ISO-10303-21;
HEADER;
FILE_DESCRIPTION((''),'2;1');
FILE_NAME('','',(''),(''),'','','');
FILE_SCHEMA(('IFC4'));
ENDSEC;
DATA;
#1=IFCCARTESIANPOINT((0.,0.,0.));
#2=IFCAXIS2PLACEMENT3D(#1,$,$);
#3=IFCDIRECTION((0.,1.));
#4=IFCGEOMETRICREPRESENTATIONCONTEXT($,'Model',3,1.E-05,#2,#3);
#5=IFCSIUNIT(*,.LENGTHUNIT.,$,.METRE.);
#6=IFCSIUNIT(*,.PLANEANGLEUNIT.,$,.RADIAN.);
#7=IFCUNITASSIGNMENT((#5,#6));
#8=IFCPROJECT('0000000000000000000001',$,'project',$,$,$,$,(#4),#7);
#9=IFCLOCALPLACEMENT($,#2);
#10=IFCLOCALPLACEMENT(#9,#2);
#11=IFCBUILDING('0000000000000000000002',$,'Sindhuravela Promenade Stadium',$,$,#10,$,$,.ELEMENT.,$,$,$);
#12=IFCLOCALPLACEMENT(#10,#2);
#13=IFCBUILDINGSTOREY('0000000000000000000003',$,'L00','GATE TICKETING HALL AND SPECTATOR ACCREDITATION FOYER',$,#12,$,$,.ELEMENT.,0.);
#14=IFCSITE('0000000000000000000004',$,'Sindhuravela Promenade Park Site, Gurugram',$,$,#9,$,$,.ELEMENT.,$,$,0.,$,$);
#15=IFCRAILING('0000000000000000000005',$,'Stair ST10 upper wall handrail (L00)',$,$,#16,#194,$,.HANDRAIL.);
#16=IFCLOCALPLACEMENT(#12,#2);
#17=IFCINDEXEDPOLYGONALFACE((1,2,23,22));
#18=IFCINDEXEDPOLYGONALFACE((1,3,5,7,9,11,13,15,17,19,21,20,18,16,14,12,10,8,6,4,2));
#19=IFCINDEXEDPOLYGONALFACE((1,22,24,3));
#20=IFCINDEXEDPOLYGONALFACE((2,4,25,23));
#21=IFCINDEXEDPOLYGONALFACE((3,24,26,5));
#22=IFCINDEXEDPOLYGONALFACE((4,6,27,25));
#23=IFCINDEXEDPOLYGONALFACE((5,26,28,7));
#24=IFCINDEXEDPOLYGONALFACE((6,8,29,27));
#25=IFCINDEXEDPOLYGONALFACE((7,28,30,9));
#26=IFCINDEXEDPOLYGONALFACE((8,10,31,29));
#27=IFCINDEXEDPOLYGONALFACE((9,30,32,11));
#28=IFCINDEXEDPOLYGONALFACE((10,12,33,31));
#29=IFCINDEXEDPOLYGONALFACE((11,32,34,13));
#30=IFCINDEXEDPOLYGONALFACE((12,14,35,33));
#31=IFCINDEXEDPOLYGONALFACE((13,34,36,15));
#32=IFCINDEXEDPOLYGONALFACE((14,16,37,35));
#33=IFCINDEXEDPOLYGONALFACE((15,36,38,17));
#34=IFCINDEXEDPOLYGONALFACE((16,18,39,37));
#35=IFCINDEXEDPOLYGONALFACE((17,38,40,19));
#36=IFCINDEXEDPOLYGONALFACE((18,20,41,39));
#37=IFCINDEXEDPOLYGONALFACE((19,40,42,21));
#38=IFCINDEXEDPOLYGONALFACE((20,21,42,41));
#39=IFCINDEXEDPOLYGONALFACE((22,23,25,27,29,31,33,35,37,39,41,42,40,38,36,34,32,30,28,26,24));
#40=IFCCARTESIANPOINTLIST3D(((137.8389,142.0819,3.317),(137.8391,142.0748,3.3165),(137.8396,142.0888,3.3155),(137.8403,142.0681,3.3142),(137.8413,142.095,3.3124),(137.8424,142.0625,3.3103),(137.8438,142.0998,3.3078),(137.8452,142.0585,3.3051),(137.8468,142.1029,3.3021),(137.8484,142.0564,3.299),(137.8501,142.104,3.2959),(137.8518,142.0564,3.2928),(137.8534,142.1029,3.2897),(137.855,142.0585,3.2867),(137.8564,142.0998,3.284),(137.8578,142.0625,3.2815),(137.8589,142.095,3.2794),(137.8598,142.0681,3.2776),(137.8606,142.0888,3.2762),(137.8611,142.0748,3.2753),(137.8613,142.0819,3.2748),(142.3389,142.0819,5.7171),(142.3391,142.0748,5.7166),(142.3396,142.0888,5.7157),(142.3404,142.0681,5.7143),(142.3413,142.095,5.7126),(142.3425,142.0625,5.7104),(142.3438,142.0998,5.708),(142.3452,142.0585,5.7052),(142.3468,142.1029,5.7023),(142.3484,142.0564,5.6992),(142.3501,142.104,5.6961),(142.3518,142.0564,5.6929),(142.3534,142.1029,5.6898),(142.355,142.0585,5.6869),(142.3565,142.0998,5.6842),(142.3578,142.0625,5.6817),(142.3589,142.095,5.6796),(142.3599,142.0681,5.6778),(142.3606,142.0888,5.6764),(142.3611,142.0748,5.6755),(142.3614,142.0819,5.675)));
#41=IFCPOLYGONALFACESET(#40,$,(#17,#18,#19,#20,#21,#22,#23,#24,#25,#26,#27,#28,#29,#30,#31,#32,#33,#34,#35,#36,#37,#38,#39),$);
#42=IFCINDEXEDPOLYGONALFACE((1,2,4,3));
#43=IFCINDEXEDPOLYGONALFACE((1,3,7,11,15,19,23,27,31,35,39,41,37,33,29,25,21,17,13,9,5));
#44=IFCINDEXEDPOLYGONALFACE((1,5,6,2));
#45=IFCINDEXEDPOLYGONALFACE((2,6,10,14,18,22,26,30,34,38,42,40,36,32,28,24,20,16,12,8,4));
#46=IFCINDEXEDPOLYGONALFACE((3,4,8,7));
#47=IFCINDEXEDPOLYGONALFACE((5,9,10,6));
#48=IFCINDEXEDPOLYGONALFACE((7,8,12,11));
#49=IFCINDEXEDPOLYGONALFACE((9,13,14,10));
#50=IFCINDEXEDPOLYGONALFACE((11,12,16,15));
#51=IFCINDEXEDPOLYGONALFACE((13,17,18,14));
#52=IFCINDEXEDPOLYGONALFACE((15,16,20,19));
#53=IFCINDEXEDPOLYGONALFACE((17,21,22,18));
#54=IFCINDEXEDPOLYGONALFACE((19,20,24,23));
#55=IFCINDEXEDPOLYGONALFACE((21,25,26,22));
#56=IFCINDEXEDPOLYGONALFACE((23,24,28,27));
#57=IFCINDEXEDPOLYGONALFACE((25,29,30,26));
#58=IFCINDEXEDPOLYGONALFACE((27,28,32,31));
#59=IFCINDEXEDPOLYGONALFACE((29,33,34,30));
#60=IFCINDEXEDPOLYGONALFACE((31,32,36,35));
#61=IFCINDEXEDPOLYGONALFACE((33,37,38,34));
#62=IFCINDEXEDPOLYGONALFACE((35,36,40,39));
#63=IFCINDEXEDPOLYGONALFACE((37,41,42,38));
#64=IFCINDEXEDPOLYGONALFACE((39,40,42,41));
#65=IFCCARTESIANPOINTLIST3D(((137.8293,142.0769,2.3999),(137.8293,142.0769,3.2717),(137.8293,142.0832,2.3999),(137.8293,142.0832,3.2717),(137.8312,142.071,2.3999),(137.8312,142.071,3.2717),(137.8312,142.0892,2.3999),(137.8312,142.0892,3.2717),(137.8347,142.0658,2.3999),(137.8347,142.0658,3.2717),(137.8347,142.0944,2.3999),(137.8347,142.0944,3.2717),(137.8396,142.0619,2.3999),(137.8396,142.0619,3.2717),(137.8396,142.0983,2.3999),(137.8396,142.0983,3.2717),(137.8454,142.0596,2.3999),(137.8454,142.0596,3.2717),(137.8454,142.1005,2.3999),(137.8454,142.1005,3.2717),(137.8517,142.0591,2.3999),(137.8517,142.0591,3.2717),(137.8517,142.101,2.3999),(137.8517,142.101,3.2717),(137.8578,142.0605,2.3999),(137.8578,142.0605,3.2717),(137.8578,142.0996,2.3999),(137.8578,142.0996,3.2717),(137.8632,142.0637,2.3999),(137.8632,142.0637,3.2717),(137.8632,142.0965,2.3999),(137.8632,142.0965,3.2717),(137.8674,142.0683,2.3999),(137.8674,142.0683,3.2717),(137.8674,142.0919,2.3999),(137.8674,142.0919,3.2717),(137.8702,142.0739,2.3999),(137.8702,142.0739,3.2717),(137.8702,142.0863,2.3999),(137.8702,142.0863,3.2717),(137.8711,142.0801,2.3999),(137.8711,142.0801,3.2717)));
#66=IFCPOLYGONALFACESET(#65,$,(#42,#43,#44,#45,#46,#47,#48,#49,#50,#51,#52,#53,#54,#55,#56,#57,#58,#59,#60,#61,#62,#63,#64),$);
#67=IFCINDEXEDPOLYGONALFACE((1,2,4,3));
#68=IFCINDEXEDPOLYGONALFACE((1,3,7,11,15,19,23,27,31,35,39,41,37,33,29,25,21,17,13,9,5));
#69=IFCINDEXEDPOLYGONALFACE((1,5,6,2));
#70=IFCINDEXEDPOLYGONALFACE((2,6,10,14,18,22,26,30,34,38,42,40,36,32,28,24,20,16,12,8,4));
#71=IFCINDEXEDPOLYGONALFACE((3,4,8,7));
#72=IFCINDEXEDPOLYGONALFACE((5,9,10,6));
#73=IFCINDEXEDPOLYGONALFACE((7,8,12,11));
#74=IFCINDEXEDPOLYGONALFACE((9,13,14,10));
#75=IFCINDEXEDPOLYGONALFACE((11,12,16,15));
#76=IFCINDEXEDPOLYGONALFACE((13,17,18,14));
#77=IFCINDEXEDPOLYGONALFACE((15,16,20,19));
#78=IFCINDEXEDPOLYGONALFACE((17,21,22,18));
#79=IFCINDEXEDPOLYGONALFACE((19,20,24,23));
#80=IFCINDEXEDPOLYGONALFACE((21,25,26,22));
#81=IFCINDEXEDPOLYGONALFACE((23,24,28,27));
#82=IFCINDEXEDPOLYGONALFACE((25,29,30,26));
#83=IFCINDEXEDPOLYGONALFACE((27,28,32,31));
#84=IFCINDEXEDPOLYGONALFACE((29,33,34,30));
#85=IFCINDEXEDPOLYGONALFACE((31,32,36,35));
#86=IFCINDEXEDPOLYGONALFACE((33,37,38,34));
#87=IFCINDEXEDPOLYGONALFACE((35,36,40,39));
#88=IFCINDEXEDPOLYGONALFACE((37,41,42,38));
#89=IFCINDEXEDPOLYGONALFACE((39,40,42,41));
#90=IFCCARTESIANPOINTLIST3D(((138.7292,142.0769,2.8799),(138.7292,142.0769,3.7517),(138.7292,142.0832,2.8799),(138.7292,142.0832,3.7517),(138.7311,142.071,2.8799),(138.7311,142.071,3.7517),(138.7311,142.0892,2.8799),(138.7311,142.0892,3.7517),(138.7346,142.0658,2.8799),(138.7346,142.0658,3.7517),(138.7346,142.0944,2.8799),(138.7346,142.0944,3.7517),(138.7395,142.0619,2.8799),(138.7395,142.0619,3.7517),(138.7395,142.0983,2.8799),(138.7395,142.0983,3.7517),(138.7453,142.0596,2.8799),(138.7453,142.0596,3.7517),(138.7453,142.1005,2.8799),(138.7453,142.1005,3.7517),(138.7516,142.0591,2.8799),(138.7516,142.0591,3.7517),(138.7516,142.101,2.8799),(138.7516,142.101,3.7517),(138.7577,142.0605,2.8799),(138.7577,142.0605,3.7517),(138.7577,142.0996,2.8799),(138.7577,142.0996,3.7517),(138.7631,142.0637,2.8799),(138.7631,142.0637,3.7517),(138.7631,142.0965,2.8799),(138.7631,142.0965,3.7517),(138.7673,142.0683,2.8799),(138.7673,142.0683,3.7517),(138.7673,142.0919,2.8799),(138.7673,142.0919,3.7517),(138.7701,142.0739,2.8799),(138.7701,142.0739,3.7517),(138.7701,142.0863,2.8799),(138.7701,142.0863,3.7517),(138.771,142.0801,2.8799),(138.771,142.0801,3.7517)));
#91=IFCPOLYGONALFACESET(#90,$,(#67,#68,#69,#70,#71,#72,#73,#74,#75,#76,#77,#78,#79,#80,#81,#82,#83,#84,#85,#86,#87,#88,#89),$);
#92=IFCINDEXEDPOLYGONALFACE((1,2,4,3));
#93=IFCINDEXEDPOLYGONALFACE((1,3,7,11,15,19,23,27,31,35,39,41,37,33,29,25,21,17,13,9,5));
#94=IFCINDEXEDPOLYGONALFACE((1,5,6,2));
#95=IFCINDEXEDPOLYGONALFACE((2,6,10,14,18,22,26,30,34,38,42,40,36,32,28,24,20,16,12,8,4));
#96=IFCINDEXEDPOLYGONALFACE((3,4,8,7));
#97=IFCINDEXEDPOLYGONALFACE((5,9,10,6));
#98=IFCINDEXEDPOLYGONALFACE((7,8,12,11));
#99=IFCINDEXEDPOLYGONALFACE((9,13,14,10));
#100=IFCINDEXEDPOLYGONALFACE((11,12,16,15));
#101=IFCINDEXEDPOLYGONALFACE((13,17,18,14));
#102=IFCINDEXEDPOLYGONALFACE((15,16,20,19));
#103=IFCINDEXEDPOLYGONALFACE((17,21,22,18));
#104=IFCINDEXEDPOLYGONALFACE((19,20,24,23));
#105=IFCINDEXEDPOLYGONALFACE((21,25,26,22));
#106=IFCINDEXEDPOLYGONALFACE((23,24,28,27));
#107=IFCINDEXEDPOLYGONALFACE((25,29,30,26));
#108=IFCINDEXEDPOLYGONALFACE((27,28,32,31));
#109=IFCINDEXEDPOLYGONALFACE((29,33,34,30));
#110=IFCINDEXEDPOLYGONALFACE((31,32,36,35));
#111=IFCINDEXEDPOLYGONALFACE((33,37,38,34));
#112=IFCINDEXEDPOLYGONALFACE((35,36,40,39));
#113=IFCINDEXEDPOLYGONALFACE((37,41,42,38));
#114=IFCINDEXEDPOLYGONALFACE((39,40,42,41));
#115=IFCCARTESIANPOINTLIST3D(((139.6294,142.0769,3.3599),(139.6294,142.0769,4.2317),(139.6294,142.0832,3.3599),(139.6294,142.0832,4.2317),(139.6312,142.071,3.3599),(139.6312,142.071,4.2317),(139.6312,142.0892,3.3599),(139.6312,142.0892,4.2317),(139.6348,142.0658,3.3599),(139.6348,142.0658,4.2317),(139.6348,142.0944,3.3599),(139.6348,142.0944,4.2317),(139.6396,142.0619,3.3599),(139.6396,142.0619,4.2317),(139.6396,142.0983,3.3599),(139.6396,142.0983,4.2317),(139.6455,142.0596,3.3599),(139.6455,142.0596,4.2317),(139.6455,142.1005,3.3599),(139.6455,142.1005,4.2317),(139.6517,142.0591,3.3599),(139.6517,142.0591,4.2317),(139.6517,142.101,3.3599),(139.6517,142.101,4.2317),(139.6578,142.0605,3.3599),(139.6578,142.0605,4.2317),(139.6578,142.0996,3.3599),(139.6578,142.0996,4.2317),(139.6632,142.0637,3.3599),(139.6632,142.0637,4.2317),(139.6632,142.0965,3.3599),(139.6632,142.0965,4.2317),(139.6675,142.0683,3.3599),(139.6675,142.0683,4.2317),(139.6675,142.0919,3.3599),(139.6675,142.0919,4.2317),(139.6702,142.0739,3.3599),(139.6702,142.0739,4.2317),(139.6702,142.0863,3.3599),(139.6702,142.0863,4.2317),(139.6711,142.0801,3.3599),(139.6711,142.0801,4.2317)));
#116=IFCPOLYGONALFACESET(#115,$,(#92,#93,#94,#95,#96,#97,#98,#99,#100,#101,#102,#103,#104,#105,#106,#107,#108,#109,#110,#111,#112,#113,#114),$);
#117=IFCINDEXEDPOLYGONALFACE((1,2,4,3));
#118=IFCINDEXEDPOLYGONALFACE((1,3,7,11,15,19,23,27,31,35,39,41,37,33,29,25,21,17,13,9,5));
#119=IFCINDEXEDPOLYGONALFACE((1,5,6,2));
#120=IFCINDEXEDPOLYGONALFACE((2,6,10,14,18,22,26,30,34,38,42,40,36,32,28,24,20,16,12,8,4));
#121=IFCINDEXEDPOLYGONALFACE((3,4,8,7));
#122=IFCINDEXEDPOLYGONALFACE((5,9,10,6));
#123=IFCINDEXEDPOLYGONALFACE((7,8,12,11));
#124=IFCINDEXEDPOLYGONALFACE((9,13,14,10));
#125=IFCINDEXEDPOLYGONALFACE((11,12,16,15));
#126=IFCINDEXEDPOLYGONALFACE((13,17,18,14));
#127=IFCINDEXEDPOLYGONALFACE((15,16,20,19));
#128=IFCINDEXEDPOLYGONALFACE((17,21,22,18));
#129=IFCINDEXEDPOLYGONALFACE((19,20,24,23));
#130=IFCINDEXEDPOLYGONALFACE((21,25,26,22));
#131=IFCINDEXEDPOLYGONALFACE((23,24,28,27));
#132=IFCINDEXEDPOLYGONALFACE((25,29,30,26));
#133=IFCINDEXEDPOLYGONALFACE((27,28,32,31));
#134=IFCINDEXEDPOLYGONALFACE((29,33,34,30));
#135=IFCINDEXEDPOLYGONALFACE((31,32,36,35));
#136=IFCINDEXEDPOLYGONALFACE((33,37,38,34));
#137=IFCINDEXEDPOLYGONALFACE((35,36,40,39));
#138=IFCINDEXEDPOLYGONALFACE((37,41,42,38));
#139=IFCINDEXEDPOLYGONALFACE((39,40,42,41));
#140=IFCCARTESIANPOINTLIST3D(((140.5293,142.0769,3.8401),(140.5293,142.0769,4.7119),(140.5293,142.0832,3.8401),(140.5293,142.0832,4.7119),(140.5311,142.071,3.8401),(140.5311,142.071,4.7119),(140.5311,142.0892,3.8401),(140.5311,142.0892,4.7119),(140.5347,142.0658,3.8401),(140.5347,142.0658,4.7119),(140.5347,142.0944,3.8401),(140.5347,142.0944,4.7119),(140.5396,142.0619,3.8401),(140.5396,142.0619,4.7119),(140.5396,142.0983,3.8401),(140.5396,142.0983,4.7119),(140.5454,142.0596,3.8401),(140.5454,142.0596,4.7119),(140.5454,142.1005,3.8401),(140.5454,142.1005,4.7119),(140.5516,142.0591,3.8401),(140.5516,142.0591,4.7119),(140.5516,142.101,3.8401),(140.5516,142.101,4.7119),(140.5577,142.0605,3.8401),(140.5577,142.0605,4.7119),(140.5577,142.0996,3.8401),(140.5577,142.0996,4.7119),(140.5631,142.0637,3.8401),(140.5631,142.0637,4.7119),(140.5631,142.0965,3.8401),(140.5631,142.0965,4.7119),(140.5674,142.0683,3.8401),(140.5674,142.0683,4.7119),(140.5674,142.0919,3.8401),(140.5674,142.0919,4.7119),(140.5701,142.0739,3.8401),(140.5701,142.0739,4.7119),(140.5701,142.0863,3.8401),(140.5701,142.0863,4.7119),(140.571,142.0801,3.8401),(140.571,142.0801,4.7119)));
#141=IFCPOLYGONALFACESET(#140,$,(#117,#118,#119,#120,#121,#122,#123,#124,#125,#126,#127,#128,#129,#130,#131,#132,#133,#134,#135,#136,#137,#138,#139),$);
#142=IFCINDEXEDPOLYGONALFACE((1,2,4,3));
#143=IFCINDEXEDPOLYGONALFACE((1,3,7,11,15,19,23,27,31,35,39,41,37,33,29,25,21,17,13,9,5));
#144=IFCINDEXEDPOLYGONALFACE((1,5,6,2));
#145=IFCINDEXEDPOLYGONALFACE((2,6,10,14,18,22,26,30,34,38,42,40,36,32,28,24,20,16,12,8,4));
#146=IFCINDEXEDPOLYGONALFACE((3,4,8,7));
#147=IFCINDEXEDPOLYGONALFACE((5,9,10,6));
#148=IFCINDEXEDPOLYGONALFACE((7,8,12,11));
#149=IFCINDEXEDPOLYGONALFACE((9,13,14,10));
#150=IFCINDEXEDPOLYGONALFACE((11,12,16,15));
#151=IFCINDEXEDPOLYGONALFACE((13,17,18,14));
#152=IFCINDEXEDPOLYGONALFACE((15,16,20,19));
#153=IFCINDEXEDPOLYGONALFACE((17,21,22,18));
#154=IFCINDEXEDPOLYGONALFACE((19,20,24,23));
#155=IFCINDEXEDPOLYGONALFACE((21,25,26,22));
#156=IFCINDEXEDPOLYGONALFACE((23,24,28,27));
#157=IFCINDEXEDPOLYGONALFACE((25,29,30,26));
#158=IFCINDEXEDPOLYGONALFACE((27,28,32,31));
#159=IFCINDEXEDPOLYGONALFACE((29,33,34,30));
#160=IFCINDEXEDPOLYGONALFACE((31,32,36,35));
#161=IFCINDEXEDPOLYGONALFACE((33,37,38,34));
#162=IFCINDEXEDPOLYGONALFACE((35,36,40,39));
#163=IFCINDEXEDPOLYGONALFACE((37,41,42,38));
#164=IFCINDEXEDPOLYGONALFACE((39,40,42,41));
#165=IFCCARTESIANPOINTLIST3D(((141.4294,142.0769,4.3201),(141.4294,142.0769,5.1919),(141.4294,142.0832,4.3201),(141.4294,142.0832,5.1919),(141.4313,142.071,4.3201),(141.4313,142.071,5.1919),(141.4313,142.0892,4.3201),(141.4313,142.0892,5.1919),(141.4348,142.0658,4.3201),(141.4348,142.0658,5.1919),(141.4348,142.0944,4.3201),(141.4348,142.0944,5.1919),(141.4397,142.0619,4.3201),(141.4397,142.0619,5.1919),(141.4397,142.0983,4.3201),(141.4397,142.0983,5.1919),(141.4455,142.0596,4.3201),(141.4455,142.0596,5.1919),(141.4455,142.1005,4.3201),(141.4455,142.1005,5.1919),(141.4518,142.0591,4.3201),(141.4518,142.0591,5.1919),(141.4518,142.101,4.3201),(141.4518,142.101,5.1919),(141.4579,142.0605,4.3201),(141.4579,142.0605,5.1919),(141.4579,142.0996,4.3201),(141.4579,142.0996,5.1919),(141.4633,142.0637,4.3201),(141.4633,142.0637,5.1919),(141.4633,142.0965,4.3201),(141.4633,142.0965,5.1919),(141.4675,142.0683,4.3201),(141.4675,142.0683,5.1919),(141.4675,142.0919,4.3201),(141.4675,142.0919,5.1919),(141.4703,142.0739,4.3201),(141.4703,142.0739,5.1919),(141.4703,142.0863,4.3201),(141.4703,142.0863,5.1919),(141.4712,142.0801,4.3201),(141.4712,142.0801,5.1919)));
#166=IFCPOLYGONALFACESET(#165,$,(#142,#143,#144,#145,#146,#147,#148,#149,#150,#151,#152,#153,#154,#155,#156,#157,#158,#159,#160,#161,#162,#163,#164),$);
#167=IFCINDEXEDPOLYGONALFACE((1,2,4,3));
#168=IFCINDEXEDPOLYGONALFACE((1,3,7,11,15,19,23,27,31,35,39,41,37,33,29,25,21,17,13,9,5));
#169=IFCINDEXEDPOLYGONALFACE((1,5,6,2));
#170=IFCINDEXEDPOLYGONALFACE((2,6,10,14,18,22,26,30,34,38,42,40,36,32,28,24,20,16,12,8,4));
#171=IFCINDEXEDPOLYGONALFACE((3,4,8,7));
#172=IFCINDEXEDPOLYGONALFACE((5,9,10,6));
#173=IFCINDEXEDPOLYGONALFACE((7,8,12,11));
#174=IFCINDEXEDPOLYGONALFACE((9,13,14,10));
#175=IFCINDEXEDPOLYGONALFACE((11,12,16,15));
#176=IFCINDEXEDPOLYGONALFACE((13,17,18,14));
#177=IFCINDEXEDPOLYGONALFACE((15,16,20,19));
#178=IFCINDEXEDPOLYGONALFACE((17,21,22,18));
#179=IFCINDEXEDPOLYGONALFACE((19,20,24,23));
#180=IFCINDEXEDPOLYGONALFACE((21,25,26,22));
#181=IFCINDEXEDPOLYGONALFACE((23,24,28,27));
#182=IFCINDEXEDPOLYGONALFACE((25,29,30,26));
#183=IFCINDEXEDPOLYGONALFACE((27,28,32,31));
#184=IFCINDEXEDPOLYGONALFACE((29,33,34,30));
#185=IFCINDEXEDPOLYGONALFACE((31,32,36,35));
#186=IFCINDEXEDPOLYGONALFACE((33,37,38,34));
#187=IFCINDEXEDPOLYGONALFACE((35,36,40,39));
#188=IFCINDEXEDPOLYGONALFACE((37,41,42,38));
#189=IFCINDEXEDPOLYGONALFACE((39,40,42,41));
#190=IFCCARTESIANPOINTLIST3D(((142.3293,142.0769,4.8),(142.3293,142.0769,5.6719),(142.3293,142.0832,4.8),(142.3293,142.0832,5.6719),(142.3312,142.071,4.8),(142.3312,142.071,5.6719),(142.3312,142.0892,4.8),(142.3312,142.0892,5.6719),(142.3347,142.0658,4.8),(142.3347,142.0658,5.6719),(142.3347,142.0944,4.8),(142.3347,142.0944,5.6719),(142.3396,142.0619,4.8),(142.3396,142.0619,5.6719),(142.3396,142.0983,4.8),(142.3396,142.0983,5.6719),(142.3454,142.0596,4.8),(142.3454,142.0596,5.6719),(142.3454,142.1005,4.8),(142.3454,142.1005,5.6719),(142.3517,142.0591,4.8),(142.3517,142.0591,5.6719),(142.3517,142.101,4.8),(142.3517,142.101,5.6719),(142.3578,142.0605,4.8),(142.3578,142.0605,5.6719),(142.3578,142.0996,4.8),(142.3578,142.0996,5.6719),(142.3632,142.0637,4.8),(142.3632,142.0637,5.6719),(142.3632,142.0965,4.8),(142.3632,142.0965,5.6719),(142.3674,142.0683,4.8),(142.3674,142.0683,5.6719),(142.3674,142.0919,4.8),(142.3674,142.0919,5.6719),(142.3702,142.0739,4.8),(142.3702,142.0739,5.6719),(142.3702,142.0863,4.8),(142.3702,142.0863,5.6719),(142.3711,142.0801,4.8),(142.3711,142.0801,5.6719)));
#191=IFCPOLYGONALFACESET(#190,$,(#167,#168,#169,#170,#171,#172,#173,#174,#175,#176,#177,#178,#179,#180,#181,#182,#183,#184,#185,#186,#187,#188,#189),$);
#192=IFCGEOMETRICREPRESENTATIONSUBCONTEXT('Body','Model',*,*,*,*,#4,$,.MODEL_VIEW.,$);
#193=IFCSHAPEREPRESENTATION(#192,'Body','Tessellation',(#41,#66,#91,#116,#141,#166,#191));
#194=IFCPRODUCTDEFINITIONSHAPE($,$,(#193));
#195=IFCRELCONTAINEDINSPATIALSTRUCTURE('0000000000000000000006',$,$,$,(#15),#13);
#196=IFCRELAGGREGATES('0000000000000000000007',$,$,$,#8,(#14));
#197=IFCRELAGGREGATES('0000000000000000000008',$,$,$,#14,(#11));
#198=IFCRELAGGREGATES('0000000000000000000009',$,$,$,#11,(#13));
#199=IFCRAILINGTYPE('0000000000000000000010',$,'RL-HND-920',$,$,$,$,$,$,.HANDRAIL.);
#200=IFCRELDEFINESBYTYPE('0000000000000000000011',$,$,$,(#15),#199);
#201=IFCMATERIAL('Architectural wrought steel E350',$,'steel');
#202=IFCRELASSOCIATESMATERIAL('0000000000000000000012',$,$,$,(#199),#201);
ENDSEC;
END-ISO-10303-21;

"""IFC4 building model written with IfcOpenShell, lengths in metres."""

from ifc_helpers import new_model, si_unit, direction, frame, origin, origin_2d, place, context, subcontext, project, spatial, circle, extrude, material, type_object, element, save


model = new_model("IFC4")

# Units and contexts
model_context = context("Model", 3, precision=1e-05, world=origin(), true_north=direction((0.0, 1.0)))
body_context = subcontext(model_context, "Body", "Model", "MODEL_VIEW")
ifc_project = project(units=[si_unit("LENGTHUNIT", "METRE"), si_unit("PLANEANGLEUNIT", "RADIAN")], contexts=[model_context])

# Site, building, storey
site_placement = place(None, origin())
site = spatial("IfcSite", under=ifc_project, at=site_placement, Name="Sindhuravela Promenade Park Site, Gurugram", CompositionType="ELEMENT", RefElevation=0.0)
building_placement = place(site_placement, origin())
building = spatial("IfcBuilding", under=site, at=building_placement, Name="Sindhuravela Promenade Stadium", CompositionType="ELEMENT")
storey_placement = place(building_placement, origin())
storey = spatial("IfcBuildingStorey", under=building, at=storey_placement, Name="L00", Description="GATE TICKETING HALL AND SPECTATOR ACCREDITATION FOYER", CompositionType="ELEMENT", Elevation=0.0)

# Railing
ifc_material_1 = material(Name="Architectural wrought steel E350", Category="steel")
railing_type_1 = type_object("IfcRailingType", Name="RL-HND-920", PredefinedType="HANDRAIL", material=ifc_material_1)
railing_1_placement = place(storey_placement, frame((137.8501, 142.0801, 2.3999)))
element("IfcRailing", 1, at=railing_1_placement, inside=storey, type_object=railing_type_1, Name="Stair ST10 upper wall handrail (L00)", PredefinedType="HANDRAIL", context=body_context, shape_type="SweptSolid", body=[
    extrude(circle(Radius=0.0239, at=origin_2d()), frame((0.0, 0.0, 0.896), z_axis=(0.882341, 0.0, 0.470611), x_axis=(0.0, 1.0, 0.0)), (0.0, 0.0, 1.0), 5.1001),
    extrude(circle(Radius=0.021, at=origin_2d()), origin(), (0.0, 0.0, 1.0), 0.8718),
    extrude(circle(Radius=0.021, at=origin_2d()), frame((0.8999, 0.0, 0.48)), (0.0, 0.0, 1.0), 0.8718),
    extrude(circle(Radius=0.021, at=origin_2d()), frame((1.8, 0.0, 0.96)), (0.0, 0.0, 1.0), 0.8718),
    extrude(circle(Radius=0.021, at=origin_2d()), frame((2.7, 0.0, 1.4402)), (0.0, 0.0, 1.0), 0.8718),
    extrude(circle(Radius=0.021, at=origin_2d()), frame((3.6001, 0.0, 1.9202)), (0.0, 0.0, 1.0), 0.8718),
    extrude(circle(Radius=0.021, at=origin_2d()), frame((4.5, 0.0, 2.4001)), (0.0, 0.0, 1.0), 0.8718),
])

save(model, "model.ifc")
